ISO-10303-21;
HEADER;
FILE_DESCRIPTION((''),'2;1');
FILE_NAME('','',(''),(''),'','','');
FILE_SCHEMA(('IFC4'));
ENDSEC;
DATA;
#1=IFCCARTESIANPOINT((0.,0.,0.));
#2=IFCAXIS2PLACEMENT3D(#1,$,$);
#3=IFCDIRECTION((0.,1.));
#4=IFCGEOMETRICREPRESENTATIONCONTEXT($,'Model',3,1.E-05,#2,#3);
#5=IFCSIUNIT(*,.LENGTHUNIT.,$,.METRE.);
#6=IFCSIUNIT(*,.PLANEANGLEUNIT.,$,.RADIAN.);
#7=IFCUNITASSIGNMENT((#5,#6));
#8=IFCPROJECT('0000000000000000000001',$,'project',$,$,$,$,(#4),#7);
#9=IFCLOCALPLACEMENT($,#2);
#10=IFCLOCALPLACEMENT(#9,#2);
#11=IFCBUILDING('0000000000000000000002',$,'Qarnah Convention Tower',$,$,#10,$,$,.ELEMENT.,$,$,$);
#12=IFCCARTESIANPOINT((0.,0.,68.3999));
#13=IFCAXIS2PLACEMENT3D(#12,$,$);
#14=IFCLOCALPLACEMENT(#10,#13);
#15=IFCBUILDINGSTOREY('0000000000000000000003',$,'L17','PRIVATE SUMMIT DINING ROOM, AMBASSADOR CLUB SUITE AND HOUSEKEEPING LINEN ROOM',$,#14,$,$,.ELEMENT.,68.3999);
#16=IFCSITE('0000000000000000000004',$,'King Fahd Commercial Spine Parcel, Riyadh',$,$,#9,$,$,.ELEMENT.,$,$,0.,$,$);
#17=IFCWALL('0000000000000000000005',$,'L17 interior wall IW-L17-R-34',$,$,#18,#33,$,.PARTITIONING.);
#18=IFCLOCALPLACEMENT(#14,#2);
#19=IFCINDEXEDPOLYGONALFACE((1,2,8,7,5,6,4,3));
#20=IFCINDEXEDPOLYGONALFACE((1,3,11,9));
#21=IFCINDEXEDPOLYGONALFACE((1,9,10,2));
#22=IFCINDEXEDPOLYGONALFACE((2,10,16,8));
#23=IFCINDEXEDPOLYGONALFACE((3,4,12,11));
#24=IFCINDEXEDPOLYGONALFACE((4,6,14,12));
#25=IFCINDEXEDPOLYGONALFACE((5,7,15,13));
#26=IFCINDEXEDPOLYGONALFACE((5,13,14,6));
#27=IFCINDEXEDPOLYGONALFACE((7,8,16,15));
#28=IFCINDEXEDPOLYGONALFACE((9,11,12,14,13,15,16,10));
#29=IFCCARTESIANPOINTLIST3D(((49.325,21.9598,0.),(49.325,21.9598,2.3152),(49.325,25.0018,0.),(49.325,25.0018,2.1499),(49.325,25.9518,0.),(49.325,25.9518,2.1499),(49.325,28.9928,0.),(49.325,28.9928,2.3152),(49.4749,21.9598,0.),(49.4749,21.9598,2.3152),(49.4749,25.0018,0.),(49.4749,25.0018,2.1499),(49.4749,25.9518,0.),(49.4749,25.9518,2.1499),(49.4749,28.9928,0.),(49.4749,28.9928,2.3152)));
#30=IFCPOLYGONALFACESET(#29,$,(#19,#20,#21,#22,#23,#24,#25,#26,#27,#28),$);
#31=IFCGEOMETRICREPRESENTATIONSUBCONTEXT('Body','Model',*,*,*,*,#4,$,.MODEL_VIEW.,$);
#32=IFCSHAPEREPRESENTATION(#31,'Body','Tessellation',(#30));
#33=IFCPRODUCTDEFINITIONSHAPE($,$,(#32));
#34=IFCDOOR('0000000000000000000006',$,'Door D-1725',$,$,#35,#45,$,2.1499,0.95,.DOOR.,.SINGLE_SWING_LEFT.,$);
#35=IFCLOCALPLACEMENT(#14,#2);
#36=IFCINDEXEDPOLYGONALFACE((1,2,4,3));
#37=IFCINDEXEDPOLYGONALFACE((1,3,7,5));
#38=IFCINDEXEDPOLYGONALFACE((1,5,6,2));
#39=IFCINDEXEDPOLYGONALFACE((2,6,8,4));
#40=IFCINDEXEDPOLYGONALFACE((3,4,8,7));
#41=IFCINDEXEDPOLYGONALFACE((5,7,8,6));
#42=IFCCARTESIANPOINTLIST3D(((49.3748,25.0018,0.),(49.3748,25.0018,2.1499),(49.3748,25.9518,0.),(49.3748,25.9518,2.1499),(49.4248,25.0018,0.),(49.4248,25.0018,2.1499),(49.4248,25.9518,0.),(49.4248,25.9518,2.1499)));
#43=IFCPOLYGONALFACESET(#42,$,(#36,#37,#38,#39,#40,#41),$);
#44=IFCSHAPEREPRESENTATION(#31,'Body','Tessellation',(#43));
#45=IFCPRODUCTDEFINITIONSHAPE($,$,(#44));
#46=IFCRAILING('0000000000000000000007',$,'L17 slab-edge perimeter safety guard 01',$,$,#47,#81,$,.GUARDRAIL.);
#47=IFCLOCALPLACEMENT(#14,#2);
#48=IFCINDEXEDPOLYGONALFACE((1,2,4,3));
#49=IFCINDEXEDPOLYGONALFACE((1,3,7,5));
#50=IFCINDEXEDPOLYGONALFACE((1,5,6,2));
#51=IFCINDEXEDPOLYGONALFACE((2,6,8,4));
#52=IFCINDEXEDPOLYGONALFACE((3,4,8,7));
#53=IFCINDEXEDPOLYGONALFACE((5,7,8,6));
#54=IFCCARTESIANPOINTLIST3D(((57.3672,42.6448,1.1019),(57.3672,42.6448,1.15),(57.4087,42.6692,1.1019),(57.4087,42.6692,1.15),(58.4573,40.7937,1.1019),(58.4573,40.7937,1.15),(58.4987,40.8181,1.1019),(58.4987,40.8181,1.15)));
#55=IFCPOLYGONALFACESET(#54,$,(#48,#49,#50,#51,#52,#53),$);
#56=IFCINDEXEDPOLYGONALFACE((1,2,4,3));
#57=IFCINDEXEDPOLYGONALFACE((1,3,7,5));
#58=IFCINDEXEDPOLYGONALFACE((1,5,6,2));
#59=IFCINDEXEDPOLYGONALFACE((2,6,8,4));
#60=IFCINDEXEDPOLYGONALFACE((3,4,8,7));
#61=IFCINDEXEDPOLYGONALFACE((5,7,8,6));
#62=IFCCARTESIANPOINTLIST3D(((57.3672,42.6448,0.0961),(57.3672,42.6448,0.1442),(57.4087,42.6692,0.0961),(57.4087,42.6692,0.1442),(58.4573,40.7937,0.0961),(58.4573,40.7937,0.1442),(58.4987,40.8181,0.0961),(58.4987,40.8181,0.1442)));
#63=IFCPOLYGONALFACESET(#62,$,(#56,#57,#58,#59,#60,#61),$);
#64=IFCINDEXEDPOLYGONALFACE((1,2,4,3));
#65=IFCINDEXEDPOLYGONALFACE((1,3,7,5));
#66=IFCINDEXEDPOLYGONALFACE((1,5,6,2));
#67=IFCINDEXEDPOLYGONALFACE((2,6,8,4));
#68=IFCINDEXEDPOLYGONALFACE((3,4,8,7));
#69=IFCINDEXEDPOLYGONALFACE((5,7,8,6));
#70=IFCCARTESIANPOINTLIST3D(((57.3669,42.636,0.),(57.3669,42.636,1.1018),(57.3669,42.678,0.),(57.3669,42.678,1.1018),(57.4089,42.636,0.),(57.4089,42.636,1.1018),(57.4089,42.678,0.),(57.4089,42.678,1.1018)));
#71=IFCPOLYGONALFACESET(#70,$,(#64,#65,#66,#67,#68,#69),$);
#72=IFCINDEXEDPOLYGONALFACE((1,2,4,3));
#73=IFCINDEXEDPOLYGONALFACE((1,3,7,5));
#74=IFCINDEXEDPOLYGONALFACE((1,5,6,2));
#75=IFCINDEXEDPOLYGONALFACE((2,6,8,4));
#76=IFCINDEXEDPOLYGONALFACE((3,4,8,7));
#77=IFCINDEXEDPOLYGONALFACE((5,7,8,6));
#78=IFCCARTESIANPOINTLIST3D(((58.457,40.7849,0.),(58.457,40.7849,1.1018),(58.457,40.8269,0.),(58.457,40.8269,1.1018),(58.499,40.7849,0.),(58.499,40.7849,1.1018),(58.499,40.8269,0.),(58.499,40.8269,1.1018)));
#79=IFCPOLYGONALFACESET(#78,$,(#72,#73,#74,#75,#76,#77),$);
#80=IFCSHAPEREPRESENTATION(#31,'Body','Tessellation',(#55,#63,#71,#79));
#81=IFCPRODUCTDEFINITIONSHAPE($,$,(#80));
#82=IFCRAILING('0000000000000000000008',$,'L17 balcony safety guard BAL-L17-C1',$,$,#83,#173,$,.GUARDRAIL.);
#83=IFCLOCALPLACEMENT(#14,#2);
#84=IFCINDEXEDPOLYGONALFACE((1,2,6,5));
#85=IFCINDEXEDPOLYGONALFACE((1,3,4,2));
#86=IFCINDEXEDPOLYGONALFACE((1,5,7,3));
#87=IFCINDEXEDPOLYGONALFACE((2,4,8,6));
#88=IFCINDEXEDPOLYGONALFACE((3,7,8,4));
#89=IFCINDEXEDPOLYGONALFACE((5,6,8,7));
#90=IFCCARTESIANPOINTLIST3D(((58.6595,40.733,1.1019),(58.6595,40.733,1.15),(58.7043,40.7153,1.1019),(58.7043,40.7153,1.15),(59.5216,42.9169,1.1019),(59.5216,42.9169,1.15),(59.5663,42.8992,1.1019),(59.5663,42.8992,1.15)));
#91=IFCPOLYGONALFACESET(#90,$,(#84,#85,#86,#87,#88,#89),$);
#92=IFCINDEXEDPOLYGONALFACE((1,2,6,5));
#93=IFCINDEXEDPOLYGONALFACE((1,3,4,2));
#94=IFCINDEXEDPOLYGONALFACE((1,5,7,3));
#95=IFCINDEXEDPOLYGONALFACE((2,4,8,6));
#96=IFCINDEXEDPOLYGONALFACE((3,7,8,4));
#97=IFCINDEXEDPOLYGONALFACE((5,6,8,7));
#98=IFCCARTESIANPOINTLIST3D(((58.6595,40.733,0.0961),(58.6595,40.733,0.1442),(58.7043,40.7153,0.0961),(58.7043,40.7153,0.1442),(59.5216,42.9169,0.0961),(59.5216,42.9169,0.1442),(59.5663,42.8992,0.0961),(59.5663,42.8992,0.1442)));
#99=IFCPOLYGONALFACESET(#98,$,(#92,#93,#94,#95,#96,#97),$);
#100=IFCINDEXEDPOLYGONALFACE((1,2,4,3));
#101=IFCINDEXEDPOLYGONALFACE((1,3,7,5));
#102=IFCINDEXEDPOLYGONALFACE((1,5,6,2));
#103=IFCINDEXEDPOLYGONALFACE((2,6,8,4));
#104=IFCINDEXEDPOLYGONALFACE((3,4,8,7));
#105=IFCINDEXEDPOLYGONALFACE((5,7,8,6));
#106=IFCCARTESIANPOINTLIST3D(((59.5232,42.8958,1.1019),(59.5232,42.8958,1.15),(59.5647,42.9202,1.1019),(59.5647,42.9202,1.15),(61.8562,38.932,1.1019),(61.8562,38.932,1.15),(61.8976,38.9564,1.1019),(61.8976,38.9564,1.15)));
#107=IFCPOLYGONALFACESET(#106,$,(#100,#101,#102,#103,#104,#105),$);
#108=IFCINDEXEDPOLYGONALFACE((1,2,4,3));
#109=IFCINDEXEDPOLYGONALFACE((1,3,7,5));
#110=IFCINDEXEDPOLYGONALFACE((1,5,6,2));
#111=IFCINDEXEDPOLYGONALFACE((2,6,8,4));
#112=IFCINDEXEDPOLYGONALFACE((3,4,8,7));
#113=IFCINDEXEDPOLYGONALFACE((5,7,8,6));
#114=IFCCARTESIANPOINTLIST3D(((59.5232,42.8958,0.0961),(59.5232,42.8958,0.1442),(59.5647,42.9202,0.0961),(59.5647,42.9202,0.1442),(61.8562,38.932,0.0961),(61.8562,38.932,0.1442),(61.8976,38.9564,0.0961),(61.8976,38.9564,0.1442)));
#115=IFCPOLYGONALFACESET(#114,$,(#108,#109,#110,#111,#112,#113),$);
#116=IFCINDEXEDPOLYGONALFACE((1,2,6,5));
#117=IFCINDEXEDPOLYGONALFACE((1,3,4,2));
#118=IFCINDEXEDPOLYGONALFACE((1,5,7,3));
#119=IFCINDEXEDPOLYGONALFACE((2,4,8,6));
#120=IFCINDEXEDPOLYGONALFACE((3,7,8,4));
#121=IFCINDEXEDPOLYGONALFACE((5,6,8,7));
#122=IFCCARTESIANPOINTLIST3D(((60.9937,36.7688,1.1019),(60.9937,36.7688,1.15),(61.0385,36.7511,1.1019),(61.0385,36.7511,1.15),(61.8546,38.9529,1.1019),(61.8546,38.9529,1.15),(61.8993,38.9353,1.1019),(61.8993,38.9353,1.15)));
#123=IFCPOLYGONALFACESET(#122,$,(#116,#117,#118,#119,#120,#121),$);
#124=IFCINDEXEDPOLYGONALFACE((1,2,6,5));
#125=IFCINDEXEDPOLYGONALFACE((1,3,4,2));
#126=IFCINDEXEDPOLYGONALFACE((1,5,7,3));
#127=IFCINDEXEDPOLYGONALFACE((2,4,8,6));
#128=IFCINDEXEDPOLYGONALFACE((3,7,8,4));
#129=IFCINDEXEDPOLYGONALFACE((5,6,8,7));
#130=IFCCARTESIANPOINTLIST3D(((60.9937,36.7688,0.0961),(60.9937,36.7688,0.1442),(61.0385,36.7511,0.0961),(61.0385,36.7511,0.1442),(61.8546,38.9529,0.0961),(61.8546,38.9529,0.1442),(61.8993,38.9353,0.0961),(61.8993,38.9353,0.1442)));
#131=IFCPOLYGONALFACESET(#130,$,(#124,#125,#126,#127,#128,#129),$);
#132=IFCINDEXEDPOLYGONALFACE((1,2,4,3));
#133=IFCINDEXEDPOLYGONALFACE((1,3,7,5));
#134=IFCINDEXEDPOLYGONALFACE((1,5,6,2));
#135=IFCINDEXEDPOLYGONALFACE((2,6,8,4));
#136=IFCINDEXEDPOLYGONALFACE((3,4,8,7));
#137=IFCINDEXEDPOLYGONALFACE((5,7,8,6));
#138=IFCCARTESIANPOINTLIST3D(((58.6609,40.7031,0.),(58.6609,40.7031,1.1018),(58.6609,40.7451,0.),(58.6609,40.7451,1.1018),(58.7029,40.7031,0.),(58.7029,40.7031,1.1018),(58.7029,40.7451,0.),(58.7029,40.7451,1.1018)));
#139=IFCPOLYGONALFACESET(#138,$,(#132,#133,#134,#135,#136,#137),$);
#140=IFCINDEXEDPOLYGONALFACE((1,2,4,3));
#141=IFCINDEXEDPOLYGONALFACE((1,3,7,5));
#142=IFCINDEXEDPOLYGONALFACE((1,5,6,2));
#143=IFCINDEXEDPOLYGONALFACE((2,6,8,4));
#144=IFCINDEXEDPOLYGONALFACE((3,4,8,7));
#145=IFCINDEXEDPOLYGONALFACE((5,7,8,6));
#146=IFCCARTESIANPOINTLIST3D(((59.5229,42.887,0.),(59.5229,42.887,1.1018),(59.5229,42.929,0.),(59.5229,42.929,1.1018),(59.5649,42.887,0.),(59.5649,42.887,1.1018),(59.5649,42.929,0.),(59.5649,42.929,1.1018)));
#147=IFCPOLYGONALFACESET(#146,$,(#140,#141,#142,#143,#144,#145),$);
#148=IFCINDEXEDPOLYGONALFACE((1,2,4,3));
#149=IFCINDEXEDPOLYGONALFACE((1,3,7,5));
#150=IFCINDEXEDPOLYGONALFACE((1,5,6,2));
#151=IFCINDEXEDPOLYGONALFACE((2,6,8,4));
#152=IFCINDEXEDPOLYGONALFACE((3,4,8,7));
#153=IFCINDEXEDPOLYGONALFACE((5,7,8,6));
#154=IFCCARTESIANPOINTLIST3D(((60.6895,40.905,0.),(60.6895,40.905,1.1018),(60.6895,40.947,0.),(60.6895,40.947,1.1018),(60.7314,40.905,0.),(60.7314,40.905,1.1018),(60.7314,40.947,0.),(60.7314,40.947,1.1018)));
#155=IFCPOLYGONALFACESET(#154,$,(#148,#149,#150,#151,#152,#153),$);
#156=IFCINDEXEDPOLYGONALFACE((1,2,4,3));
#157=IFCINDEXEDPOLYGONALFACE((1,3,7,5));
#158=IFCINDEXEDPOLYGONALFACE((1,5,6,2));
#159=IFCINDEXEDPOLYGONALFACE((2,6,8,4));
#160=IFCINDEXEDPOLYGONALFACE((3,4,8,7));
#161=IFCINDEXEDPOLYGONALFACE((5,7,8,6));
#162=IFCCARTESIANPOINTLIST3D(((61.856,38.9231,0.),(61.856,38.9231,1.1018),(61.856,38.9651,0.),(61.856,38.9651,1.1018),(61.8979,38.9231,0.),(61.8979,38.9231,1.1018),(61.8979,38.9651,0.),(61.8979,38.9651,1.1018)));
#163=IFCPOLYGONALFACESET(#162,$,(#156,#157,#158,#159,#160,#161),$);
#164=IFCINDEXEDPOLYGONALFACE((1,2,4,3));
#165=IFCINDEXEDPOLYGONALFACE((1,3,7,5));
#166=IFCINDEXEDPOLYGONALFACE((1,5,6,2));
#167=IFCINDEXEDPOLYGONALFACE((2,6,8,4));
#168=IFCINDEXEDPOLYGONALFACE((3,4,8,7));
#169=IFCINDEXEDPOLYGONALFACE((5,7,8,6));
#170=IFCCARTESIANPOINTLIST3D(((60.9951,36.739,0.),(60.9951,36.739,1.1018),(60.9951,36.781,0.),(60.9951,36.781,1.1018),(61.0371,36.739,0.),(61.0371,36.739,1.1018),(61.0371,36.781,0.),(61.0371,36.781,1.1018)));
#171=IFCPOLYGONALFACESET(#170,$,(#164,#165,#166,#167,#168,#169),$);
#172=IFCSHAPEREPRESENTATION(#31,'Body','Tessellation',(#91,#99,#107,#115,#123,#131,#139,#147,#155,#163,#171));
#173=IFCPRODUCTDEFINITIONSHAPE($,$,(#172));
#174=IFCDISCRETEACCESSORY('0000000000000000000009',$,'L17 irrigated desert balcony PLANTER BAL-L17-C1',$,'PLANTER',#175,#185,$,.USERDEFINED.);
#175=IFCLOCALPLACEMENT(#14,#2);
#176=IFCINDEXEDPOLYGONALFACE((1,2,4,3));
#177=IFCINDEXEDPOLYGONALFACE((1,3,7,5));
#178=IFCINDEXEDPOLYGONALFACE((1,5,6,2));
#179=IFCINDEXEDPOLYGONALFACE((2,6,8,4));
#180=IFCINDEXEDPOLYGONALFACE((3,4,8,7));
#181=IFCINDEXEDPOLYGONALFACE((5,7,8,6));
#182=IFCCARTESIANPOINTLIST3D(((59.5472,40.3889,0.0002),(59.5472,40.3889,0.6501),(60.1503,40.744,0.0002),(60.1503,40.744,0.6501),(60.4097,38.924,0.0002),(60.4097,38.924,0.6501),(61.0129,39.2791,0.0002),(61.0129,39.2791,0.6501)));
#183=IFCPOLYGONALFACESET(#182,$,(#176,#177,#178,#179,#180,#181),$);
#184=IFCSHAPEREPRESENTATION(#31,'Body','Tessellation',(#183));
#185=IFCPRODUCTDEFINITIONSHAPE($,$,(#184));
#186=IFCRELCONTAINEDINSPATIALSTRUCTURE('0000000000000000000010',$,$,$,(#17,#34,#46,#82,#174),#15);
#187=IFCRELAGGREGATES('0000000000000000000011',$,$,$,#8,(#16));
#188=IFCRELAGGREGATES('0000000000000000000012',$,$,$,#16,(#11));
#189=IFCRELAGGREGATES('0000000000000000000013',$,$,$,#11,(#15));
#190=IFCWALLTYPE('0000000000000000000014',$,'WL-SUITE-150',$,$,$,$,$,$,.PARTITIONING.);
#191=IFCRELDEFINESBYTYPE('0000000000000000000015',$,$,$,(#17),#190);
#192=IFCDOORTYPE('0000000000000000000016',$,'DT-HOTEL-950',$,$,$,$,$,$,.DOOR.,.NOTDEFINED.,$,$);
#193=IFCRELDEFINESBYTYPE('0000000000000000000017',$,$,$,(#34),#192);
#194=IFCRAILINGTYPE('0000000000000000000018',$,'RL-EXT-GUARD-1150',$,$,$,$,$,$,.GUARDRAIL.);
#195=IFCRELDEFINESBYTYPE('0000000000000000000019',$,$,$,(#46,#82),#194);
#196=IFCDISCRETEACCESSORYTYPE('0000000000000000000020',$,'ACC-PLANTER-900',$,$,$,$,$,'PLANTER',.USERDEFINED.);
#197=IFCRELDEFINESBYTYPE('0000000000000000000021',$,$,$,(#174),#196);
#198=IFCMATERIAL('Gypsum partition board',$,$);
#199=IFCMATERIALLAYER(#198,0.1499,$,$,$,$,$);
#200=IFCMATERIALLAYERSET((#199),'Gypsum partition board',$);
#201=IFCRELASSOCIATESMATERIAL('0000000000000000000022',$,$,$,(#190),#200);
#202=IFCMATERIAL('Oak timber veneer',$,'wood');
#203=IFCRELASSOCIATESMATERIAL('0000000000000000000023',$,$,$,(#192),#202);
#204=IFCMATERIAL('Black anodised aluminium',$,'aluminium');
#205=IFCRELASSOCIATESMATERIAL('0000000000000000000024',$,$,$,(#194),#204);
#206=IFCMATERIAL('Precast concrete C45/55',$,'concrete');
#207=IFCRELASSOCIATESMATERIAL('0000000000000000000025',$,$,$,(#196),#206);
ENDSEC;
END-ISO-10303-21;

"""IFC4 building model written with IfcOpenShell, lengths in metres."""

from ifc_helpers import new_model, si_unit, direction, frame, frame_2d, origin, origin_2d, place, context, subcontext, project, spatial, rectangle, extrude, material, layer, layer_set, type_object, element, fill, save


model = new_model("IFC4")

# Units and contexts
model_context = context("Model", 3, precision=1e-05, world=origin(), true_north=direction((0.0, 1.0)))
body_context = subcontext(model_context, "Body", "Model", "MODEL_VIEW")
ifc_project = project(units=[si_unit("LENGTHUNIT", "METRE"), si_unit("PLANEANGLEUNIT", "RADIAN")], contexts=[model_context])

# Site, building, storey
site_placement = place(None, origin())
site = spatial("IfcSite", under=ifc_project, at=site_placement, Name="King Fahd Commercial Spine Parcel, Riyadh", CompositionType="ELEMENT", RefElevation=0.0)
building_placement = place(site_placement, origin())
building = spatial("IfcBuilding", under=site, at=building_placement, Name="Qarnah Convention Tower", CompositionType="ELEMENT")
storey_placement = place(building_placement, frame((0.0, 0.0, 68.3999)))
storey = spatial("IfcBuildingStorey", under=building, at=storey_placement, Name="L17", Description="PRIVATE SUMMIT DINING ROOM, AMBASSADOR CLUB SUITE AND HOUSEKEEPING LINEN ROOM", CompositionType="ELEMENT", Elevation=68.3999)

# Shared definitions
ifc_material_1 = material(Name="Black anodised aluminium", Category="aluminium")

# Shared definitions
ifc_material_2 = material(Name="Precast concrete C45/55", Category="concrete")

# Shared definitions
ifc_material_3 = material(Name="Gypsum partition board")
ifc_layer_1 = layer(ifc_material_3, 0.1499)
ifc_layer_set_1 = layer_set([ifc_layer_1], Name="Gypsum partition board")
wall_type_1 = type_object("IfcWallType", Name="WL-SUITE-150", PredefinedType="PARTITIONING", material=ifc_layer_set_1)

# Wall, opening, door
wall_1_placement = place(storey_placement, frame((49.3999, 28.9929, 0.0), z_axis=(0.0, 0.0, 1.0), x_axis=(0.0, -1.0, 0.0)))
wall_1 = element("IfcWall", 1, at=wall_1_placement, inside=storey, type_object=wall_type_1, Name="L17 interior wall IW-L17-R-34", PredefinedType="PARTITIONING", context=body_context, shape_type="SweptSolid", body=[
    extrude(rectangle(XDim=7.033, YDim=0.1499, at=frame_2d((3.5166, 0.0))), origin(), (0.0, 0.0, 1.0), 2.3152),
])
opening_1_placement = place(wall_1_placement, frame((3.041, 0.0, 0.0)))
opening_1 = element("IfcOpeningElement", 2, at=opening_1_placement, cuts=wall_1, PredefinedType="OPENING", context=body_context, shape_type="SweptSolid", body=[
    extrude(rectangle(XDim=0.95, YDim=2.1499, at=frame_2d((0.4751, 1.075))), frame((0.0, 0.085, 0.0), z_axis=(0.0, -1.0, 0.0), x_axis=(1.0, 0.0, 0.0)), (0.0, 0.0, 1.0), 0.1699),
])
ifc_material_4 = material(Name="Oak timber veneer", Category="wood")
door_type_1 = type_object("IfcDoorType", Name="DT-HOTEL-950", OperationType="NOTDEFINED", PredefinedType="DOOR", material=ifc_material_4)
door_1_placement = place(opening_1_placement, origin())
door_1 = element("IfcDoor", 3, at=door_1_placement, inside=storey, type_object=door_type_1, Name="Door D-1725", OperationType="SINGLE_SWING_LEFT", OverallHeight=2.1499, OverallWidth=0.95, PredefinedType="DOOR", context=body_context, shape_type="SweptSolid", body=[
    extrude(rectangle(XDim=0.95, YDim=2.1499, at=frame_2d((0.4751, 1.075))), frame((0.0, 0.0249, 0.0), z_axis=(0.0, -1.0, 0.0), x_axis=(1.0, 0.0, 0.0)), (0.0, 0.0, 1.0), 0.05),
])
fill(opening_1, door_1)

# Railings
railing_type = type_object("IfcRailingType", Name="RL-EXT-GUARD-1150", PredefinedType="GUARDRAIL", material=ifc_material_1)
railing_1_placement = place(storey_placement, frame((57.3879, 42.657, 0.0)))
element("IfcRailing", 4, at=railing_1_placement, inside=storey, type_object=railing_type, Name="L17 slab-edge perimeter safety guard 01", PredefinedType="GUARDRAIL", context=body_context, shape_type="SweptSolid", body=[
    extrude(rectangle(XDim=0.0481, YDim=0.0481, at=origin_2d()), frame((0.0, 0.0, 1.126), z_axis=(0.507442, -0.861686, 0.0), x_axis=(0.861686, 0.507442, 0.0)), (0.0, 0.0, 1.0), 2.1482),
    extrude(rectangle(XDim=0.0481, YDim=0.0481, at=origin_2d()), frame((0.0, 0.0, 0.1201), z_axis=(0.507442, -0.861686, 0.0), x_axis=(0.861686, 0.507442, 0.0)), (0.0, 0.0, 1.0), 2.1482),
    extrude(rectangle(XDim=0.042, YDim=0.042, at=origin_2d()), origin(), (0.0, 0.0, 1.0), 1.1018),
    extrude(rectangle(XDim=0.042, YDim=0.042, at=origin_2d()), frame((1.0901, -1.8511, 0.0)), (0.0, 0.0, 1.0), 1.1018),
])
railing_2_placement = place(storey_placement, frame((58.6819, 40.7241, 0.0)))
element("IfcRailing", 5, at=railing_2_placement, inside=storey, type_object=railing_type, Name="L17 balcony safety guard BAL-L17-C1", PredefinedType="GUARDRAIL", context=body_context, shape_type="SweptSolid", body=[
    extrude(rectangle(XDim=0.0481, YDim=0.0481, at=origin_2d()), frame((0.0, 0.0, 1.126), z_axis=(0.367174, 0.930152, 0.0), x_axis=(-0.930152, 0.367174, 0.0)), (0.0, 0.0, 1.0), 2.3479),
    extrude(rectangle(XDim=0.0481, YDim=0.0481, at=origin_2d()), frame((0.0, 0.0, 0.1201), z_axis=(0.367174, 0.930152, 0.0), x_axis=(-0.930152, 0.367174, 0.0)), (0.0, 0.0, 1.0), 2.3479),
    extrude(rectangle(XDim=0.0481, YDim=0.0481, at=origin_2d()), frame((0.8621, 2.1838, 1.126), z_axis=(0.507234, -0.861809, 0.0), x_axis=(0.861809, 0.507234, 0.0)), (0.0, 0.0, 1.0), 4.5994),
    extrude(rectangle(XDim=0.0481, YDim=0.0481, at=origin_2d()), frame((0.8621, 2.1838, 0.1201), z_axis=(0.507234, -0.861809, 0.0), x_axis=(0.861809, 0.507234, 0.0)), (0.0, 0.0, 1.0), 4.5994),
    extrude(rectangle(XDim=0.0481, YDim=0.0481, at=origin_2d()), frame((3.1951, -1.78, 1.126), z_axis=(-0.366688, -0.930344, 0.0), x_axis=(0.930344, -0.366688, 0.0)), (0.0, 0.0, 1.0), 2.3477),
    extrude(rectangle(XDim=0.0481, YDim=0.0481, at=origin_2d()), frame((3.1951, -1.78, 0.1201), z_axis=(-0.366688, -0.930344, 0.0), x_axis=(0.930344, -0.366688, 0.0)), (0.0, 0.0, 1.0), 2.3477),
    extrude(rectangle(XDim=0.042, YDim=0.042, at=origin_2d()), origin(), (0.0, 0.0, 1.0), 1.1018),
    extrude(rectangle(XDim=0.042, YDim=0.042, at=origin_2d()), frame((0.8621, 2.1838, 0.0)), (0.0, 0.0, 1.0), 1.1018),
    extrude(rectangle(XDim=0.042, YDim=0.042, at=origin_2d()), frame((2.0286, 0.2019, 0.0)), (0.0, 0.0, 1.0), 1.1018),
    extrude(rectangle(XDim=0.042, YDim=0.042, at=origin_2d()), frame((3.1951, -1.78, 0.0)), (0.0, 0.0, 1.0), 1.1018),
    extrude(rectangle(XDim=0.042, YDim=0.042, at=origin_2d()), frame((2.3342, -3.9641, 0.0)), (0.0, 0.0, 1.0), 1.1018),
])

# Discrete accessory
discrete_accessory_type = type_object("IfcDiscreteAccessoryType", Name="ACC-PLANTER-900", ElementType="PLANTER", PredefinedType="USERDEFINED", material=ifc_material_2)
discrete_accessory_placement = place(storey_placement, frame((60.28, 39.834, 0.0002), z_axis=(0.0, 0.0, 1.0), x_axis=(-0.507388, 0.861718, 0.0)))
element("IfcDiscreteAccessory", 6, at=discrete_accessory_placement, inside=storey, type_object=discrete_accessory_type, Name="L17 irrigated desert balcony PLANTER BAL-L17-C1", ObjectType="PLANTER", PredefinedType="USERDEFINED", context=body_context, shape_type="SweptSolid", body=[
    extrude(rectangle(XDim=1.7, YDim=0.7, at=origin_2d()), origin(), (0.0, 0.0, 1.0), 0.6499),
])

save(model, "model.ifc")
